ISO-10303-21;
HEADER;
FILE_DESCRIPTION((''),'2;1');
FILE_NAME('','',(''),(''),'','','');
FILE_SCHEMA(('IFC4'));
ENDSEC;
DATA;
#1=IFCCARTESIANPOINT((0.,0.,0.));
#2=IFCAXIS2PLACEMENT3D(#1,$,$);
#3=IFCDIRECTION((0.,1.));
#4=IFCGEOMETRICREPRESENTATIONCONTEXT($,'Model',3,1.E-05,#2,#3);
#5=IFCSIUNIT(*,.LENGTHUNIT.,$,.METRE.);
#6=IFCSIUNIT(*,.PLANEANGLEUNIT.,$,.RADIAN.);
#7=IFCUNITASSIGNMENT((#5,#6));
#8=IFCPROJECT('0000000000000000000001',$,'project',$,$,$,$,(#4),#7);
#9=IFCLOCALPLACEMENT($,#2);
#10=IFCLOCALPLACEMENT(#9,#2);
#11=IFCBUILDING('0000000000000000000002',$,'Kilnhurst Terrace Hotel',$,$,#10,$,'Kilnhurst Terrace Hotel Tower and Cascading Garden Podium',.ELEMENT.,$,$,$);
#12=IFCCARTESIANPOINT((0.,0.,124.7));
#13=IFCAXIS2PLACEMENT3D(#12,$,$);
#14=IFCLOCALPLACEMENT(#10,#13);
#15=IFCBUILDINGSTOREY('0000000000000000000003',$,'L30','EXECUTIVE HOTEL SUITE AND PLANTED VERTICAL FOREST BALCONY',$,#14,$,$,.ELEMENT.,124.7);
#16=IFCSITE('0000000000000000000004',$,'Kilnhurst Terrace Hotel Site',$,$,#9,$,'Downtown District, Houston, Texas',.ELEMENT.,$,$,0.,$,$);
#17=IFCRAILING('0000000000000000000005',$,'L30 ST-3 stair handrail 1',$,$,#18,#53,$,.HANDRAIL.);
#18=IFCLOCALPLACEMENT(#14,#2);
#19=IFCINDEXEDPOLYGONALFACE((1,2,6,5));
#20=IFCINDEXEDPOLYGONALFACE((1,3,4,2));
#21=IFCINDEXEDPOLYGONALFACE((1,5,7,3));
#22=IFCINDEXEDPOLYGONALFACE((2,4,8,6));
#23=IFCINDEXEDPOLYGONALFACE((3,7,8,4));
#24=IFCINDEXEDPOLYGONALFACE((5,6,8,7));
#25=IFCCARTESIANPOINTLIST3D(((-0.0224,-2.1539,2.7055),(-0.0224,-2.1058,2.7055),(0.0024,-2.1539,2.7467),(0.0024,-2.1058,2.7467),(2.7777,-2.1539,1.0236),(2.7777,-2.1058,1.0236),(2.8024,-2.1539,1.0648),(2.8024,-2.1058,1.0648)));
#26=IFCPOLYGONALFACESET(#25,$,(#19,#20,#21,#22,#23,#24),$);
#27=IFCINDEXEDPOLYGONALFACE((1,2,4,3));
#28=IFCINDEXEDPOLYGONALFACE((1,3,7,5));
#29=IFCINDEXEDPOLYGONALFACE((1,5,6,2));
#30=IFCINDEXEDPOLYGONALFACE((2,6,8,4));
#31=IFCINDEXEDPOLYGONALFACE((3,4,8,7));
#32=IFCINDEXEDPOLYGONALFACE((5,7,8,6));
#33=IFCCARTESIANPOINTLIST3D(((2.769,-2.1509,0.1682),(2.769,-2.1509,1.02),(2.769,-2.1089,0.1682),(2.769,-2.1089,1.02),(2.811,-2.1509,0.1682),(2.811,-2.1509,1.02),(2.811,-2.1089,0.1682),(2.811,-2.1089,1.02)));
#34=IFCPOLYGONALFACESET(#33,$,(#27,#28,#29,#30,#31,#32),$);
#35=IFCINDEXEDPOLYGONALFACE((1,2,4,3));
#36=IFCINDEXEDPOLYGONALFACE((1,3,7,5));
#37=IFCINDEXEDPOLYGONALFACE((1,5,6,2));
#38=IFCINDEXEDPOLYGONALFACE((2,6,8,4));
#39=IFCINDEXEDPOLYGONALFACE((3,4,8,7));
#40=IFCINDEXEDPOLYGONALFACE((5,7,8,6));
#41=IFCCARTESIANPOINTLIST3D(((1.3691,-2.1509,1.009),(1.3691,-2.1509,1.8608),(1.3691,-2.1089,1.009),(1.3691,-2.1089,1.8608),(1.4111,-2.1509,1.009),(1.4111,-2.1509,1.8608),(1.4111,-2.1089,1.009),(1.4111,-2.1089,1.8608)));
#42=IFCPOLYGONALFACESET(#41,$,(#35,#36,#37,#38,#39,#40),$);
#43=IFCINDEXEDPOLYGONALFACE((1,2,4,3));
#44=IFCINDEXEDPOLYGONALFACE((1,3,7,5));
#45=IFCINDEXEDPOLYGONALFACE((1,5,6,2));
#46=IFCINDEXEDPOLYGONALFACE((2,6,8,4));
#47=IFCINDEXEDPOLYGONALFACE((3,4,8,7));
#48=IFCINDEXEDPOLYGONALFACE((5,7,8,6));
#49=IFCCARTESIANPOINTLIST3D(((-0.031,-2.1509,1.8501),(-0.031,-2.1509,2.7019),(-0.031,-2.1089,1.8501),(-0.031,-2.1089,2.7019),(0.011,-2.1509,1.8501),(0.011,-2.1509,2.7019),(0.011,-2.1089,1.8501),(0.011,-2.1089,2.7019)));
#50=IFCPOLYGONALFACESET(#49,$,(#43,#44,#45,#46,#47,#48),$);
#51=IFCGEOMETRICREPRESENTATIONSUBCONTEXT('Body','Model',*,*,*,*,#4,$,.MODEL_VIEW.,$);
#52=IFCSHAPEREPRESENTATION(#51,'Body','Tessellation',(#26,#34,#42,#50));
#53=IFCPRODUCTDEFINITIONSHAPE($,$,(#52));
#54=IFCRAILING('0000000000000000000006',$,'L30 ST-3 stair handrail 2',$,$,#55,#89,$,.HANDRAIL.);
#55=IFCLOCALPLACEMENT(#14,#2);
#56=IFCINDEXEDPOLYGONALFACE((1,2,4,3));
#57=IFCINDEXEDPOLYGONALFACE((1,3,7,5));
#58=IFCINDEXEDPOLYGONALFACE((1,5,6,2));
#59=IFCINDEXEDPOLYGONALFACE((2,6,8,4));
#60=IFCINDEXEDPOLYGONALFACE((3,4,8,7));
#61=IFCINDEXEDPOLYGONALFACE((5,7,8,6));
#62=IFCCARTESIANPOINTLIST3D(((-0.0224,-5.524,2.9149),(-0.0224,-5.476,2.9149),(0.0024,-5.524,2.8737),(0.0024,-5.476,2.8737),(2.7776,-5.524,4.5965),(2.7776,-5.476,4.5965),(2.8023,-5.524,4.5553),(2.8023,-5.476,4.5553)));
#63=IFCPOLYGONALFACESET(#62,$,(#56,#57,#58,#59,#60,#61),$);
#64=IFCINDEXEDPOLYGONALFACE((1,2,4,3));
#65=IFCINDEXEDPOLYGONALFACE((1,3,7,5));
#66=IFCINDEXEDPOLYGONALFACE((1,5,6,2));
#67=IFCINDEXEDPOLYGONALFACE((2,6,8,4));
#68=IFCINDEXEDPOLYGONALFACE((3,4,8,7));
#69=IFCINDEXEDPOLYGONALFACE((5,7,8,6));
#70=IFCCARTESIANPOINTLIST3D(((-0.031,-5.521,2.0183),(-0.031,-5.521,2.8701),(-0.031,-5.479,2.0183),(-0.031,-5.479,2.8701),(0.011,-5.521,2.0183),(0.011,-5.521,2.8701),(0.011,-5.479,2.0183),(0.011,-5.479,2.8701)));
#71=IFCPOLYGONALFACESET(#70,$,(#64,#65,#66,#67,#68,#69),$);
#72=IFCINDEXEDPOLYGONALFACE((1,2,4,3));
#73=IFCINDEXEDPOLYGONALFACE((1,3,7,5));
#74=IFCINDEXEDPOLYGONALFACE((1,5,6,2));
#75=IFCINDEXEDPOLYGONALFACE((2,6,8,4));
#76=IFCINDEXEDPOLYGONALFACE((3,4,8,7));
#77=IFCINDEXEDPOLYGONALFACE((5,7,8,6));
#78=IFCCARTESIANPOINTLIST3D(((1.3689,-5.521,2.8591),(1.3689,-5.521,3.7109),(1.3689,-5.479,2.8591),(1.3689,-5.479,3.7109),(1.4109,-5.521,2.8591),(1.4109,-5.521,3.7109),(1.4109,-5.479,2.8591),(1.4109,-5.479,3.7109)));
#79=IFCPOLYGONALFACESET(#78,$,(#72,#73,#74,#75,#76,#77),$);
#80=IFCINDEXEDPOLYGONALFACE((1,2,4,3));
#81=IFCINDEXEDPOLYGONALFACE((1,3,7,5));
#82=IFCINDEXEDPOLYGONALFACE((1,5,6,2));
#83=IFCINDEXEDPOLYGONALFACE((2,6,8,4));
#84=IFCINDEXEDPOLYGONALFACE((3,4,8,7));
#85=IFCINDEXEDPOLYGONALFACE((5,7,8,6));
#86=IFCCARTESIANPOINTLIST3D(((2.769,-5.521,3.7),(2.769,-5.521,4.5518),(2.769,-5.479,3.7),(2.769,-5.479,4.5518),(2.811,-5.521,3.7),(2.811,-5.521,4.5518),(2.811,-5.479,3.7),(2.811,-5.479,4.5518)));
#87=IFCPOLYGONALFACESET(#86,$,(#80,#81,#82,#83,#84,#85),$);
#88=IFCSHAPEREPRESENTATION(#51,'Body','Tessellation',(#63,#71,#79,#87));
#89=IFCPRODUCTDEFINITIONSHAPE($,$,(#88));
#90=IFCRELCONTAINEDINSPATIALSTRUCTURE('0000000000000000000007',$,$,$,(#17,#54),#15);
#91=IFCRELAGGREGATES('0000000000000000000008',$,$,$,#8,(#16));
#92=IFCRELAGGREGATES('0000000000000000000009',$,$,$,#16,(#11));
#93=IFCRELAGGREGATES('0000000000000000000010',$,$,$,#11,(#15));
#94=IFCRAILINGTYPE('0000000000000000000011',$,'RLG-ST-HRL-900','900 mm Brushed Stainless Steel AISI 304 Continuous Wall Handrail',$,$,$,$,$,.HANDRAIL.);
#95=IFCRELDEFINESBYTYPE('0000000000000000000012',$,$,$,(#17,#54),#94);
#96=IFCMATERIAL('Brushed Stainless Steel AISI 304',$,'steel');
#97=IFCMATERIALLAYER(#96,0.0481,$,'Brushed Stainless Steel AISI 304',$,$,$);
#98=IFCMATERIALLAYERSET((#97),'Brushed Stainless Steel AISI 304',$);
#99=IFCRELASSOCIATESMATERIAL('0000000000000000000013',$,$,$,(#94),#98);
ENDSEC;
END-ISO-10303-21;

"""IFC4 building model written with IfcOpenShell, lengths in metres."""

from ifc_helpers import new_model, si_unit, direction, frame, origin, origin_2d, place, context, subcontext, project, spatial, rectangle, extrude, material, layer, layer_set, type_object, element, save


model = new_model("IFC4")

# Units and contexts
model_context = context("Model", 3, precision=1e-05, world=origin(), true_north=direction((0.0, 1.0)))
body_context = subcontext(model_context, "Body", "Model", "MODEL_VIEW")
ifc_project = project(units=[si_unit("LENGTHUNIT", "METRE"), si_unit("PLANEANGLEUNIT", "RADIAN")], contexts=[model_context])

# Site, building, storey
site_placement = place(None, origin())
site = spatial("IfcSite", under=ifc_project, at=site_placement, Name="Kilnhurst Terrace Hotel Site", LongName="Downtown District, Houston, Texas", CompositionType="ELEMENT", RefElevation=0.0)
building_placement = place(site_placement, origin())
building = spatial("IfcBuilding", under=site, at=building_placement, Name="Kilnhurst Terrace Hotel", LongName="Kilnhurst Terrace Hotel Tower and Cascading Garden Podium", CompositionType="ELEMENT")
storey_placement = place(building_placement, frame((0.0, 0.0, 124.7)))
storey = spatial("IfcBuildingStorey", under=building, at=storey_placement, Name="L30", Description="EXECUTIVE HOTEL SUITE AND PLANTED VERTICAL FOREST BALCONY", CompositionType="ELEMENT", Elevation=124.7)

# Railings
ifc_material_1 = material(Name="Brushed Stainless Steel AISI 304", Category="steel")
ifc_layer_1 = layer(ifc_material_1, 0.0481, Name="Brushed Stainless Steel AISI 304")
ifc_layer_set_1 = layer_set([ifc_layer_1], Name="Brushed Stainless Steel AISI 304")
railing_type_1 = type_object("IfcRailingType", Name="RLG-ST-HRL-900", Description="900 mm Brushed Stainless Steel AISI 304 Continuous Wall Handrail", PredefinedType="HANDRAIL", material=ifc_layer_set_1)
railing_1_placement = place(storey_placement, frame((2.79, -2.1299, 0.1682)))
element("IfcRailing", 1, at=railing_1_placement, inside=storey, type_object=railing_type_1, Name="L30 ST-3 stair handrail 1", PredefinedType="HANDRAIL", context=body_context, shape_type="SweptSolid", body=[
    extrude(rectangle(XDim=0.0481, YDim=0.0481, at=origin_2d()), frame((0.0, 0.0, 0.876), z_axis=(-0.857242, 0.0, 0.514913), x_axis=(0.0, -1.0, 0.0)), (0.0, 0.0, 1.0), 3.2664),
    extrude(rectangle(XDim=0.042, YDim=0.042, at=origin_2d()), origin(), (0.0, 0.0, 1.0), 0.8518),
    extrude(rectangle(XDim=0.042, YDim=0.042, at=origin_2d()), frame((-1.3999, 0.0, 0.8408)), (0.0, 0.0, 1.0), 0.8518),
    extrude(rectangle(XDim=0.042, YDim=0.042, at=origin_2d()), frame((-2.8, 0.0, 1.6819)), (0.0, 0.0, 1.0), 0.8518),
])
railing_2_placement = place(storey_placement, frame((-0.01, -5.5, 2.0183)))
element("IfcRailing", 2, at=railing_2_placement, inside=storey, type_object=railing_type_1, Name="L30 ST-3 stair handrail 2", PredefinedType="HANDRAIL", context=body_context, shape_type="SweptSolid", body=[
    extrude(rectangle(XDim=0.0481, YDim=0.0481, at=origin_2d()), frame((0.0, 0.0, 0.876), z_axis=(0.857275, 0.0, 0.514858), x_axis=(0.0, 1.0, 0.0)), (0.0, 0.0, 1.0), 3.2661),
    extrude(rectangle(XDim=0.042, YDim=0.042, at=origin_2d()), origin(), (0.0, 0.0, 1.0), 0.8518),
    extrude(rectangle(XDim=0.042, YDim=0.042, at=origin_2d()), frame((1.3999, 0.0, 0.8408)), (0.0, 0.0, 1.0), 0.8518),
    extrude(rectangle(XDim=0.042, YDim=0.042, at=origin_2d()), frame((2.8, 0.0, 1.6816)), (0.0, 0.0, 1.0), 0.8518),
])

save(model, "model.ifc")
